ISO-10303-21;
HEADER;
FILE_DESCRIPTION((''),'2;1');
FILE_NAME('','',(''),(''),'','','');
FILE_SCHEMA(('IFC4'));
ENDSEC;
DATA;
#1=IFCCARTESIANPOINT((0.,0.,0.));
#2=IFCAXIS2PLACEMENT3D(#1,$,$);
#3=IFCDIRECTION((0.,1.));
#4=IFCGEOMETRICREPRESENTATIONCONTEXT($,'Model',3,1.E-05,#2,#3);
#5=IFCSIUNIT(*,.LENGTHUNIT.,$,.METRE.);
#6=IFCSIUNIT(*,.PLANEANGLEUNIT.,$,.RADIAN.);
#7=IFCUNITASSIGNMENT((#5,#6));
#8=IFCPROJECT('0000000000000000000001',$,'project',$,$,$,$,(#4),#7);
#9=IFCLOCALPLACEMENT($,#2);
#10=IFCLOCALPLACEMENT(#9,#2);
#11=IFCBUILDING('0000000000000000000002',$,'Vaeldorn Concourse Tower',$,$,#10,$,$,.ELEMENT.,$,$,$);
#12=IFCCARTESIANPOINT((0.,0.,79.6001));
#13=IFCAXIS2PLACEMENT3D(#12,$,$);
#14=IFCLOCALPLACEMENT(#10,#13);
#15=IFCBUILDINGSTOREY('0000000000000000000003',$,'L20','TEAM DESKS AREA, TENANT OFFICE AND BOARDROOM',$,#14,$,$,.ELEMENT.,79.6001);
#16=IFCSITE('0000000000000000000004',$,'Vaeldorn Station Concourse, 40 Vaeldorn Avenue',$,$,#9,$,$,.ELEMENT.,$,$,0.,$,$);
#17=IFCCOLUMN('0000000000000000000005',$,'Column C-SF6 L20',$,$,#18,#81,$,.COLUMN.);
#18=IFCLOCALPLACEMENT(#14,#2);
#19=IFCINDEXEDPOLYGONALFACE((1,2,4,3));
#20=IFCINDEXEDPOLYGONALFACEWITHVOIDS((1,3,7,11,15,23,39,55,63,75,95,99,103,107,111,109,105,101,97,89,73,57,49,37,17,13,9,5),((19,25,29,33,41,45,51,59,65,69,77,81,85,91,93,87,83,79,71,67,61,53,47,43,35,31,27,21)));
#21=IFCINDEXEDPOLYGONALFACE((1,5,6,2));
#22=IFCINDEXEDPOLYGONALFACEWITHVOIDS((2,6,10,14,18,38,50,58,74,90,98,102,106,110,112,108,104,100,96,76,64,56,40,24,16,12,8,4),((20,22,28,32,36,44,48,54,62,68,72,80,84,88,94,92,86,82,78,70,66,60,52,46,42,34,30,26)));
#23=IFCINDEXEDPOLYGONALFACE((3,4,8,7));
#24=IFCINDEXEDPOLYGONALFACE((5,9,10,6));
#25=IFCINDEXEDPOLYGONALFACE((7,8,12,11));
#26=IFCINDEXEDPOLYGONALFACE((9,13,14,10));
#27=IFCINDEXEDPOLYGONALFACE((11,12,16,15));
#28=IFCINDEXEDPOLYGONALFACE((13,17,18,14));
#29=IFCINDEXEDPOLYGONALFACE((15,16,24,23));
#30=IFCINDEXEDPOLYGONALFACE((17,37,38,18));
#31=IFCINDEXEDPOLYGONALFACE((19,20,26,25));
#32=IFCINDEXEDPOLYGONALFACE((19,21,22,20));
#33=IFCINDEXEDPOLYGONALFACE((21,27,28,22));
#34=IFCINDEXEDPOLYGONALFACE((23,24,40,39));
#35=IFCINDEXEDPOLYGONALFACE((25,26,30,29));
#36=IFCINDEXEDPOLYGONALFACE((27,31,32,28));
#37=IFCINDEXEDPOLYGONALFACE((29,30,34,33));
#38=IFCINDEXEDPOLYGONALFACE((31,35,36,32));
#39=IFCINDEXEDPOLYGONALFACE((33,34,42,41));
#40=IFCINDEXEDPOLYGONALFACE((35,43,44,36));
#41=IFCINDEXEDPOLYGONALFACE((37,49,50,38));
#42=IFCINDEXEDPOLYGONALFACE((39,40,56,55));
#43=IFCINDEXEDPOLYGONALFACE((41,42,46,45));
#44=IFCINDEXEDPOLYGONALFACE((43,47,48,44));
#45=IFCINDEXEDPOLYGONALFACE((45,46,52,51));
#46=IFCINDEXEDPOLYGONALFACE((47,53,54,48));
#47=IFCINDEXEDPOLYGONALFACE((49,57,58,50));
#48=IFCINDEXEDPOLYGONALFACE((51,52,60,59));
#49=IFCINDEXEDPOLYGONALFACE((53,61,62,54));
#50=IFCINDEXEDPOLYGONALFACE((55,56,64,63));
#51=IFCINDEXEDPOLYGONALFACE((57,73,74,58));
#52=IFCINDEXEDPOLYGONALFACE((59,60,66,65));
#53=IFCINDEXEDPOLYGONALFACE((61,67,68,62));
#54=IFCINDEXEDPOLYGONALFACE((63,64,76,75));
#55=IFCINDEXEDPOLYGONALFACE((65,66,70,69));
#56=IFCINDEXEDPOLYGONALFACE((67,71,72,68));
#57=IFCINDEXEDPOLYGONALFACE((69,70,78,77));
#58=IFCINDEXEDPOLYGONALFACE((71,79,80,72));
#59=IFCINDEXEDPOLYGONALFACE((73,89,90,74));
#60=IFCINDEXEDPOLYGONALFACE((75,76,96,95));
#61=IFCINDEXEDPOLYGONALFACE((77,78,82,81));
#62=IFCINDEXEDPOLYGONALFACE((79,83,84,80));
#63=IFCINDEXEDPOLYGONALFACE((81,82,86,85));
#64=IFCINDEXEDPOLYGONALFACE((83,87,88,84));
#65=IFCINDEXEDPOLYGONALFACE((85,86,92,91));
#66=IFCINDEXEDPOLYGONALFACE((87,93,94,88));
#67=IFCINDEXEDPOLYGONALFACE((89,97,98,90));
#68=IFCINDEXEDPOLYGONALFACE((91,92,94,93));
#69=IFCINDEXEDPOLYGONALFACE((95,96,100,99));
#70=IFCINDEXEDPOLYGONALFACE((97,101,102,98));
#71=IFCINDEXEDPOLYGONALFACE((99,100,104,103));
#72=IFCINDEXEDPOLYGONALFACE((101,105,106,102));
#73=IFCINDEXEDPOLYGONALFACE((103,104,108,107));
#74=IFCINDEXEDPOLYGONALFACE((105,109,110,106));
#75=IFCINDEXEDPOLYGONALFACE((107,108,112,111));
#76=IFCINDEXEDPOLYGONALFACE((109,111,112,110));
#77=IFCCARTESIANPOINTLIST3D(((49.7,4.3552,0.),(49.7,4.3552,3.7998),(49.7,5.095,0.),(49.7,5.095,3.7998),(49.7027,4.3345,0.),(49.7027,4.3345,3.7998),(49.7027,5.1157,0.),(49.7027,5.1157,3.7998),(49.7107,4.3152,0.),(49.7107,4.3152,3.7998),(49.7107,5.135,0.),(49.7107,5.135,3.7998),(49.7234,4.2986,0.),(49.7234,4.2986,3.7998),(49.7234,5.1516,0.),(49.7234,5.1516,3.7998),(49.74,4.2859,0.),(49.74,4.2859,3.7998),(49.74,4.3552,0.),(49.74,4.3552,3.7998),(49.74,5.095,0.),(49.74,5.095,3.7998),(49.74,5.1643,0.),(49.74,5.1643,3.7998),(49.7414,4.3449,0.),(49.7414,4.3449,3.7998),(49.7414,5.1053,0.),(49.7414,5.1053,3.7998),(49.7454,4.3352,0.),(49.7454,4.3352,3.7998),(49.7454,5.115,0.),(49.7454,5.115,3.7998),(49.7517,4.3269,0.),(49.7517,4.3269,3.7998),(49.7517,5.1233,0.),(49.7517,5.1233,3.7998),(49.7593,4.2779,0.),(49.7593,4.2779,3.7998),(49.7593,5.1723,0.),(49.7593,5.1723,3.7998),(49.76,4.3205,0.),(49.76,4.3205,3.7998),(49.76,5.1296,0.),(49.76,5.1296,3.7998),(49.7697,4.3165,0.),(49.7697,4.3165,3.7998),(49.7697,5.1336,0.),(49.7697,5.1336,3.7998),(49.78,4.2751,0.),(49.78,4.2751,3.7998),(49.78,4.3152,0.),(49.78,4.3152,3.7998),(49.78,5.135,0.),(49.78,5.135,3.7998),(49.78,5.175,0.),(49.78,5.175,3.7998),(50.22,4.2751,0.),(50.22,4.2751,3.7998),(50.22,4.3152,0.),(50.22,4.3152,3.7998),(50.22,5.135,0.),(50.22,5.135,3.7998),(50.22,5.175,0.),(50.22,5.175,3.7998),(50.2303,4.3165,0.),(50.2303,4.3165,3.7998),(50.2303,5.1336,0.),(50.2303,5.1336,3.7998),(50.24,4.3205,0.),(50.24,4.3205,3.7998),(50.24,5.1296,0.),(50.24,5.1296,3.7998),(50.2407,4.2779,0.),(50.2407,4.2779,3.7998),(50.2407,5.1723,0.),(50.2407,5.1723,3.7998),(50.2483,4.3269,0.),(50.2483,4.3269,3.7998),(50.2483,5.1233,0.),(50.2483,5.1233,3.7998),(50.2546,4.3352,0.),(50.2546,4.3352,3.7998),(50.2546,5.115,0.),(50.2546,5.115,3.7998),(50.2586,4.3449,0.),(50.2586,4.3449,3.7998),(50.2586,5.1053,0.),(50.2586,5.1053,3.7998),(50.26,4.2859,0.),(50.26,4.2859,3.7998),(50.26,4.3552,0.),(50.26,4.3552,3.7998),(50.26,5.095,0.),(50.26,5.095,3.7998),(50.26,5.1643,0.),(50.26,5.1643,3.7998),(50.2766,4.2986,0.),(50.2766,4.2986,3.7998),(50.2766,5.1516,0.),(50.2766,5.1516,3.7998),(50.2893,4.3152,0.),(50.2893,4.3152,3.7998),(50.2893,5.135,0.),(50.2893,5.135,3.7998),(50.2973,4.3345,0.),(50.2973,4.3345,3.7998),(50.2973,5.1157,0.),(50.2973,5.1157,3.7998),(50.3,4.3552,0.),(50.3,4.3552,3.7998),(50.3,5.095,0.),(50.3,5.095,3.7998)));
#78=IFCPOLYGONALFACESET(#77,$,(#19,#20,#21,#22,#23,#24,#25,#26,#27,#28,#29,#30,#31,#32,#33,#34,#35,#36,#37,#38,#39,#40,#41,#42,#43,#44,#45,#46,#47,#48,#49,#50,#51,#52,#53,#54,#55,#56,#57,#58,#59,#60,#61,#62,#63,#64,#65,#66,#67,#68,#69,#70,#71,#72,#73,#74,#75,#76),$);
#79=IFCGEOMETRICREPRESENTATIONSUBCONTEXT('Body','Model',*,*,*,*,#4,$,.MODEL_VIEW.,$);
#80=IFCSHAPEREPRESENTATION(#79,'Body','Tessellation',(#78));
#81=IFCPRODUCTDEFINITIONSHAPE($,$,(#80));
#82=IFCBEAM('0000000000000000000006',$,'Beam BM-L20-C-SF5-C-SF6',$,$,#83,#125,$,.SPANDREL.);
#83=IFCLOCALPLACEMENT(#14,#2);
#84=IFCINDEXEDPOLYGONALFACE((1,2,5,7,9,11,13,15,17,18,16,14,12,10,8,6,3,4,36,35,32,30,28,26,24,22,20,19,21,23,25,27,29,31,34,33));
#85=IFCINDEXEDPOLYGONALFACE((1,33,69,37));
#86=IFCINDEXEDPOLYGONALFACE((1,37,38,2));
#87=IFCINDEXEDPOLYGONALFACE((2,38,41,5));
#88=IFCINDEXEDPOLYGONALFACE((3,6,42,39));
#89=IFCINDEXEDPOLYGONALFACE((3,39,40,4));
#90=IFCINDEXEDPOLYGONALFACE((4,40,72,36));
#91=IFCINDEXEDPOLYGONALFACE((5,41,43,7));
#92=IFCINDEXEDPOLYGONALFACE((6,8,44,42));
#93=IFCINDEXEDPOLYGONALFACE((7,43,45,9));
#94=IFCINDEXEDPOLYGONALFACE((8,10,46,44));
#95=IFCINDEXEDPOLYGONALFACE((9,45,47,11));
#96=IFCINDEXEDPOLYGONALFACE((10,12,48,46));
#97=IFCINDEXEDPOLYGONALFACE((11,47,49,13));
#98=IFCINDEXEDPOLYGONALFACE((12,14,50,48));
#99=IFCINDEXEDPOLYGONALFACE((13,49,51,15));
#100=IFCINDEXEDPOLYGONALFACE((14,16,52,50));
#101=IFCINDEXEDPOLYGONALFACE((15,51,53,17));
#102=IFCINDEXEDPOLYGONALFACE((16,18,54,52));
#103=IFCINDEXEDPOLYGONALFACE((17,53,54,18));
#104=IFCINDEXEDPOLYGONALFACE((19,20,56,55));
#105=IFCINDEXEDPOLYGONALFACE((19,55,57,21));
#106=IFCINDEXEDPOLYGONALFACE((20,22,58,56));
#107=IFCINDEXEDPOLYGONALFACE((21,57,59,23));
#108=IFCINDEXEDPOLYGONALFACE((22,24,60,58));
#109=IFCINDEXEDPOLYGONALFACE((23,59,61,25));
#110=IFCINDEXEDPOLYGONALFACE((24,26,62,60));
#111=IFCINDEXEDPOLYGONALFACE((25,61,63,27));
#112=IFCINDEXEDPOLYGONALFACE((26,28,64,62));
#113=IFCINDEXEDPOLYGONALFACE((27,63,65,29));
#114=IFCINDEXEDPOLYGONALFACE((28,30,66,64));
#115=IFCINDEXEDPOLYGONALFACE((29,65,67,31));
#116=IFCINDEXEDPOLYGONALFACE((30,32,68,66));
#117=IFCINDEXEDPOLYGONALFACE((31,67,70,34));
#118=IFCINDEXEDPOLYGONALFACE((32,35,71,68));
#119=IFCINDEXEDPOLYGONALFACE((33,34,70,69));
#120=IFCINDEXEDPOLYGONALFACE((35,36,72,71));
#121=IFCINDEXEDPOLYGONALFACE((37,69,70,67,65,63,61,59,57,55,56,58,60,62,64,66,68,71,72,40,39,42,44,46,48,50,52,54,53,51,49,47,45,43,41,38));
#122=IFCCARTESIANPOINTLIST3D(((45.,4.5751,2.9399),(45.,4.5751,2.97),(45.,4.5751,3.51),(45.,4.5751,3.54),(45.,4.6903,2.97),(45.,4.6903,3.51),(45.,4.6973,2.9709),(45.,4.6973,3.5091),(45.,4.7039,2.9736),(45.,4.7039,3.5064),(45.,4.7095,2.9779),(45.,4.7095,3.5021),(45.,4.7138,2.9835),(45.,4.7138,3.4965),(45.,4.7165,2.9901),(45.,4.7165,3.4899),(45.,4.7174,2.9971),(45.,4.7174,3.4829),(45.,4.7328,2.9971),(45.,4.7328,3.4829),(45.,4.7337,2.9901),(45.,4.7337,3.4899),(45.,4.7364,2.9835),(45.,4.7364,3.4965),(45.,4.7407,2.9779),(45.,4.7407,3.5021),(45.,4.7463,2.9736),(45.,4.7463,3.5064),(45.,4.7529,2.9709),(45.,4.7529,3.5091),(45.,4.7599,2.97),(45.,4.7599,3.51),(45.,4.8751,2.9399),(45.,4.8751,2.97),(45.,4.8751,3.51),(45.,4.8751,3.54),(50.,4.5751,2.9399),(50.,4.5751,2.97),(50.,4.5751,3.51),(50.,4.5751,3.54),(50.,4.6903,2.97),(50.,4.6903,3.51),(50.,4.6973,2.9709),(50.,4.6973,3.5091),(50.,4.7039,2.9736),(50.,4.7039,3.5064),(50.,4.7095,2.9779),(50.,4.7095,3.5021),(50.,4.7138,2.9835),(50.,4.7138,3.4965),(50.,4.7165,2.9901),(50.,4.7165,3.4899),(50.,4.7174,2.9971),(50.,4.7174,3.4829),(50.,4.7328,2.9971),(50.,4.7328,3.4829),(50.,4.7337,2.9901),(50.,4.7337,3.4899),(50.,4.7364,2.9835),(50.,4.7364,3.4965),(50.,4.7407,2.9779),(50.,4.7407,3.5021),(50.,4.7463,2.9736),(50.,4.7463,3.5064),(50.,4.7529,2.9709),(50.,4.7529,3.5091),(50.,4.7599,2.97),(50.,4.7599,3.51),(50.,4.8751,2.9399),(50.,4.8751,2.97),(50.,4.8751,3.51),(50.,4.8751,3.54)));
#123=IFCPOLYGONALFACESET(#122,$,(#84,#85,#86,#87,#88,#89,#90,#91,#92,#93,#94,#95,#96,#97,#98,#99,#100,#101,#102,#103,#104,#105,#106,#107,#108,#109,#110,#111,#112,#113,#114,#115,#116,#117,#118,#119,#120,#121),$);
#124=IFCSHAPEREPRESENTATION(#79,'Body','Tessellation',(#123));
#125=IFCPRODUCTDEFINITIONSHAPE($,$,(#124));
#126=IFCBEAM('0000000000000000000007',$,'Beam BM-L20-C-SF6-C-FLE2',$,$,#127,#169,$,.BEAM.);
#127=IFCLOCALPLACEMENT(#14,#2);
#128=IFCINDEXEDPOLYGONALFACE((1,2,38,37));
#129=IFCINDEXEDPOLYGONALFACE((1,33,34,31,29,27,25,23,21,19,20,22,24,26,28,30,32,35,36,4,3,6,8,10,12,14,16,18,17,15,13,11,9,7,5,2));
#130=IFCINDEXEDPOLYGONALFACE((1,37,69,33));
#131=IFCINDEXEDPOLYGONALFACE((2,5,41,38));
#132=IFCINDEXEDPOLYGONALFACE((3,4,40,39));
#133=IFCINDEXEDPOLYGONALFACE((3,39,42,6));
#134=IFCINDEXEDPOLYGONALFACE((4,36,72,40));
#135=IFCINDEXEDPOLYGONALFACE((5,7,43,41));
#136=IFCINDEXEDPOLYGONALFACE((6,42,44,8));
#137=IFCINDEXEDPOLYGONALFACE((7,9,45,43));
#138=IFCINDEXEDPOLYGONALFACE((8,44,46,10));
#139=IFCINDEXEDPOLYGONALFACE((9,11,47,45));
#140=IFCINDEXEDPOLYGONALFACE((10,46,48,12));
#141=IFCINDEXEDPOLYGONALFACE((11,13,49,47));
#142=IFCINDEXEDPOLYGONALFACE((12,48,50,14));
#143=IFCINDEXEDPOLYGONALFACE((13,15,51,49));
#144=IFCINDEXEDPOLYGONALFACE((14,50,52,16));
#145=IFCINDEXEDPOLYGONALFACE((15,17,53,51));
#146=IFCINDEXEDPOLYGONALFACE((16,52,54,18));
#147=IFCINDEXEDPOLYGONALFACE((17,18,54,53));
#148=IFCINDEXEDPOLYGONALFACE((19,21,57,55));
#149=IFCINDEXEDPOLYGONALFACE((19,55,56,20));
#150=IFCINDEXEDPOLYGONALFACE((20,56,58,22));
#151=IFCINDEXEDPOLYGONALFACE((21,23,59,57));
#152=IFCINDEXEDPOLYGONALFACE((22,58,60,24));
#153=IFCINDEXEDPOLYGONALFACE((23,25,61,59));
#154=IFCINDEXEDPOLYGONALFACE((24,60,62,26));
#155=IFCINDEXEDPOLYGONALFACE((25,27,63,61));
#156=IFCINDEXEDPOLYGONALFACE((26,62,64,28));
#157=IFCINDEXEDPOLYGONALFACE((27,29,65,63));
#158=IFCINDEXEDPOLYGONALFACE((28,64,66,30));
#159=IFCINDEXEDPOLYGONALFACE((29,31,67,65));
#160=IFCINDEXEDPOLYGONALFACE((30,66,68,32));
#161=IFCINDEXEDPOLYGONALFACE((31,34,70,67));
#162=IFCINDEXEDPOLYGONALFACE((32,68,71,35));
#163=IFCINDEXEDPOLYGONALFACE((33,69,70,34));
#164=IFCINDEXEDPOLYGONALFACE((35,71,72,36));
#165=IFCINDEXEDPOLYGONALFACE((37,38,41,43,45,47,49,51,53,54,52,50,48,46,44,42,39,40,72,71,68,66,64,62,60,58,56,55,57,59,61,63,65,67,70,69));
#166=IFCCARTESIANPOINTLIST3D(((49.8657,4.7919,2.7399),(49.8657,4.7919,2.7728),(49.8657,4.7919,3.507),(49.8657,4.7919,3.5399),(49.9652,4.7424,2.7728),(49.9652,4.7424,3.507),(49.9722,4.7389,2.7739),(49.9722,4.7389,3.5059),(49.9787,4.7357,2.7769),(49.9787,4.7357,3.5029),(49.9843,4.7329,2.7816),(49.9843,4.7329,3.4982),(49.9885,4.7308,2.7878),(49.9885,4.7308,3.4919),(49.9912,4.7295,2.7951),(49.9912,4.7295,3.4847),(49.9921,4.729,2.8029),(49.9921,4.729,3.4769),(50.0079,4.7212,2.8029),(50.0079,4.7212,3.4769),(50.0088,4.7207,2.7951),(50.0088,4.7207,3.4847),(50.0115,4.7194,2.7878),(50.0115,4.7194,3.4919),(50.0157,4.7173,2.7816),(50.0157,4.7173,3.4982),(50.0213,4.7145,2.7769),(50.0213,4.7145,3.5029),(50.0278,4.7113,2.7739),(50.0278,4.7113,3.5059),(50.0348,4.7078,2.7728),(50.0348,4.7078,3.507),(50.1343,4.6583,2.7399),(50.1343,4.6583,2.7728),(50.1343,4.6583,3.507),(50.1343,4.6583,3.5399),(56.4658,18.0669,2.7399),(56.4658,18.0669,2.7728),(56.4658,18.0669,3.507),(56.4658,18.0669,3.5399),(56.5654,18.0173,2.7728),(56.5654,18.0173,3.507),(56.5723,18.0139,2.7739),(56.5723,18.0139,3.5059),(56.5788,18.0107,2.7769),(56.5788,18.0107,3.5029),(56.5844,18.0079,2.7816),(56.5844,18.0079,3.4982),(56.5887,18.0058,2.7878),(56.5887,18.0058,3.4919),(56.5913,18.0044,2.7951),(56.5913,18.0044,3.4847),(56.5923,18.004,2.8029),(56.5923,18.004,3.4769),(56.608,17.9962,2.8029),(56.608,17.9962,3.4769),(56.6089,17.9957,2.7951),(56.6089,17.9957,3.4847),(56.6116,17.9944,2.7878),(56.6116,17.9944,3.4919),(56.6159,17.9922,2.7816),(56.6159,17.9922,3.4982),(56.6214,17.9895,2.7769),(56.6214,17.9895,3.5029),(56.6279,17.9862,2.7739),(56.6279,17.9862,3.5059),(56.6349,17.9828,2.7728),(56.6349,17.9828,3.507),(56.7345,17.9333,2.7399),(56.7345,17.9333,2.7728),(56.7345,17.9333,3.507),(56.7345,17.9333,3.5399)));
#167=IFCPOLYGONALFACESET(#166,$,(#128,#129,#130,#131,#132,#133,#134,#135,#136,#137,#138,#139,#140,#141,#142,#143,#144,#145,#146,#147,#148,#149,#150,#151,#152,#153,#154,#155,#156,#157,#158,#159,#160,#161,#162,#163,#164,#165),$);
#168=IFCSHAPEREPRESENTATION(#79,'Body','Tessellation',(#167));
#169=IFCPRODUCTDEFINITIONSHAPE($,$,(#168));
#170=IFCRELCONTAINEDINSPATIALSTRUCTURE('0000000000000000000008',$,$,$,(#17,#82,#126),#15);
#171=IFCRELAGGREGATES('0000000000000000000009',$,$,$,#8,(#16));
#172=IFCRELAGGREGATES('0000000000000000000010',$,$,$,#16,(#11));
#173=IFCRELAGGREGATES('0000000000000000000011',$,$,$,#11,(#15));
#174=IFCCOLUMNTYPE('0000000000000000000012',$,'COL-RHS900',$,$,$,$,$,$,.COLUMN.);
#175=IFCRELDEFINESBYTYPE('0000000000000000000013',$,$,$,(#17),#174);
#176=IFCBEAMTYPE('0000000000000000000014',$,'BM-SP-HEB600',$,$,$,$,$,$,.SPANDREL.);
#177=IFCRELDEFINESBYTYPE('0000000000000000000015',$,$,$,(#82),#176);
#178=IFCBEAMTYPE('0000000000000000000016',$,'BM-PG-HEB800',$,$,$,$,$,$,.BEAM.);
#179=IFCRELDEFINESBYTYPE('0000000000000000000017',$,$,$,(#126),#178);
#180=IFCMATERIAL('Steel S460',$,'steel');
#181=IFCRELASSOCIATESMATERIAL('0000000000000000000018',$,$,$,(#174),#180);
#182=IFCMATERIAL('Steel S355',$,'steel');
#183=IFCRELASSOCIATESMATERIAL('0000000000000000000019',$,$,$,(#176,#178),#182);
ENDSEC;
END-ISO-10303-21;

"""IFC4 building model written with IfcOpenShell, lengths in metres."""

from ifc_helpers import new_model, si_unit, direction, frame, origin, origin_2d, place, context, subcontext, project, spatial, hollow_rectangle, i_section, extrude, source, transform, mapped, material, material_profile, profile_set, type_object, element, save


model = new_model("IFC4")

# Units and contexts
model_context = context("Model", 3, precision=1e-05, world=origin(), true_north=direction((0.0, 1.0)))
body_context = subcontext(model_context, "Body", "Model", "MODEL_VIEW")
ifc_project = project(units=[si_unit("LENGTHUNIT", "METRE"), si_unit("PLANEANGLEUNIT", "RADIAN")], contexts=[model_context])

# Site, building, storey
site_placement = place(None, origin())
site = spatial("IfcSite", under=ifc_project, at=site_placement, Name="Vaeldorn Station Concourse, 40 Vaeldorn Avenue", CompositionType="ELEMENT", RefElevation=0.0)
building_placement = place(site_placement, origin())
building = spatial("IfcBuilding", under=site, at=building_placement, Name="Vaeldorn Concourse Tower", CompositionType="ELEMENT")
storey_placement = place(building_placement, frame((0.0, 0.0, 79.6001)))
storey = spatial("IfcBuildingStorey", under=building, at=storey_placement, Name="L20", Description="TEAM DESKS AREA, TENANT OFFICE AND BOARDROOM", CompositionType="ELEMENT", Elevation=79.6001)

# Column
ifc_material_1 = material(Name="Steel S460", Category="steel")
ifc_material_profile_1 = material_profile(ifc_material_1, hollow_rectangle(XDim=0.6001, YDim=0.8999, WallThickness=0.04, InnerFilletRadius=0.04, OuterFilletRadius=0.0801, at=origin_2d()), Name="RHS 900x600x40")
ifc_profile_set_1 = profile_set([ifc_material_profile_1], Name="Steel S460")
column_type = type_object("IfcColumnType", Name="COL-RHS900", PredefinedType="COLUMN", material=ifc_profile_set_1)
shared_shape_1 = source(origin(), body_context, "Body", "SweptSolid", [
    extrude(hollow_rectangle(XDim=0.6001, YDim=0.8999, WallThickness=0.04, InnerFilletRadius=0.04, OuterFilletRadius=0.0801, at=origin_2d()), origin(), (0.0, 0.0, 1.0), 3.7998),
])
column_placement = place(storey_placement, frame((50.0, 4.7251, 0.0), z_axis=(0.0, 0.0, 1.0), x_axis=(1.0, 0.0, 0.0)))
element("IfcColumn", 1, at=column_placement, inside=storey, type_object=column_type, Name="Column C-SF6 L20", PredefinedType="COLUMN", context=body_context, shape_type="MappedRepresentation", body=[
    mapped(shared_shape_1, transform((0.0, 0.0, 0.0), scale=1.0)),
])

# Beams
ifc_material_2 = material(Name="Steel S355", Category="steel")
ifc_material_profile_2 = material_profile(ifc_material_2, i_section(OverallWidth=0.3, OverallDepth=0.6001, WebThickness=0.0154, FlangeThickness=0.03, FilletRadius=0.0271, at=origin_2d()), Name="HEB 600")
ifc_profile_set_2 = profile_set([ifc_material_profile_2], Name="Steel S355")
beam_type_1 = type_object("IfcBeamType", Name="BM-SP-HEB600", PredefinedType="SPANDREL", material=ifc_profile_set_2)
shared_shape_2 = source(origin(), body_context, "Body", "SweptSolid", [
    extrude(i_section(OverallWidth=0.3, OverallDepth=0.6001, WebThickness=0.0154, FlangeThickness=0.03, FilletRadius=0.0271, at=origin_2d()), origin(), (0.0, 0.0, 1.0), 5.0),
])
beam_1_placement = place(storey_placement, frame((45.0, 4.7251, 3.24), z_axis=(1.0, 0.0, 0.0), x_axis=(0.0, 1.0, 0.0)))
element("IfcBeam", 2, at=beam_1_placement, inside=storey, type_object=beam_type_1, Name="Beam BM-L20-C-SF5-C-SF6", PredefinedType="SPANDREL", context=body_context, shape_type="MappedRepresentation", body=[
    mapped(shared_shape_2, transform((0.0, 0.0, 0.0), scale=1.0)),
])
ifc_material_profile_3 = material_profile(ifc_material_2, i_section(OverallWidth=0.3, OverallDepth=0.8, WebThickness=0.0176, FlangeThickness=0.033, FilletRadius=0.03, at=origin_2d()), Name="HEB 800")
ifc_profile_set_3 = profile_set([ifc_material_profile_3], Name="Steel S355")
beam_type_2 = type_object("IfcBeamType", Name="BM-PG-HEB800", PredefinedType="BEAM", material=ifc_profile_set_3)
shared_shape_3 = source(origin(), body_context, "Body", "SweptSolid", [
    extrude(i_section(OverallWidth=0.3, OverallDepth=0.8, WebThickness=0.0176, FlangeThickness=0.033, FilletRadius=0.03, at=origin_2d()), origin(), (0.0, 0.0, 1.0), 14.8252),
])
beam_2_placement = place(storey_placement, frame((50.0, 4.7251, 3.1399), z_axis=(0.445197, 0.895433, 0.0), x_axis=(-0.895433, 0.445197, 0.0)))
element("IfcBeam", 3, at=beam_2_placement, inside=storey, type_object=beam_type_2, Name="Beam BM-L20-C-SF6-C-FLE2", PredefinedType="BEAM", context=body_context, shape_type="MappedRepresentation", body=[
    mapped(shared_shape_3, transform((0.0, 0.0, 0.0), scale=1.0)),
])

save(model, "model.ifc")
